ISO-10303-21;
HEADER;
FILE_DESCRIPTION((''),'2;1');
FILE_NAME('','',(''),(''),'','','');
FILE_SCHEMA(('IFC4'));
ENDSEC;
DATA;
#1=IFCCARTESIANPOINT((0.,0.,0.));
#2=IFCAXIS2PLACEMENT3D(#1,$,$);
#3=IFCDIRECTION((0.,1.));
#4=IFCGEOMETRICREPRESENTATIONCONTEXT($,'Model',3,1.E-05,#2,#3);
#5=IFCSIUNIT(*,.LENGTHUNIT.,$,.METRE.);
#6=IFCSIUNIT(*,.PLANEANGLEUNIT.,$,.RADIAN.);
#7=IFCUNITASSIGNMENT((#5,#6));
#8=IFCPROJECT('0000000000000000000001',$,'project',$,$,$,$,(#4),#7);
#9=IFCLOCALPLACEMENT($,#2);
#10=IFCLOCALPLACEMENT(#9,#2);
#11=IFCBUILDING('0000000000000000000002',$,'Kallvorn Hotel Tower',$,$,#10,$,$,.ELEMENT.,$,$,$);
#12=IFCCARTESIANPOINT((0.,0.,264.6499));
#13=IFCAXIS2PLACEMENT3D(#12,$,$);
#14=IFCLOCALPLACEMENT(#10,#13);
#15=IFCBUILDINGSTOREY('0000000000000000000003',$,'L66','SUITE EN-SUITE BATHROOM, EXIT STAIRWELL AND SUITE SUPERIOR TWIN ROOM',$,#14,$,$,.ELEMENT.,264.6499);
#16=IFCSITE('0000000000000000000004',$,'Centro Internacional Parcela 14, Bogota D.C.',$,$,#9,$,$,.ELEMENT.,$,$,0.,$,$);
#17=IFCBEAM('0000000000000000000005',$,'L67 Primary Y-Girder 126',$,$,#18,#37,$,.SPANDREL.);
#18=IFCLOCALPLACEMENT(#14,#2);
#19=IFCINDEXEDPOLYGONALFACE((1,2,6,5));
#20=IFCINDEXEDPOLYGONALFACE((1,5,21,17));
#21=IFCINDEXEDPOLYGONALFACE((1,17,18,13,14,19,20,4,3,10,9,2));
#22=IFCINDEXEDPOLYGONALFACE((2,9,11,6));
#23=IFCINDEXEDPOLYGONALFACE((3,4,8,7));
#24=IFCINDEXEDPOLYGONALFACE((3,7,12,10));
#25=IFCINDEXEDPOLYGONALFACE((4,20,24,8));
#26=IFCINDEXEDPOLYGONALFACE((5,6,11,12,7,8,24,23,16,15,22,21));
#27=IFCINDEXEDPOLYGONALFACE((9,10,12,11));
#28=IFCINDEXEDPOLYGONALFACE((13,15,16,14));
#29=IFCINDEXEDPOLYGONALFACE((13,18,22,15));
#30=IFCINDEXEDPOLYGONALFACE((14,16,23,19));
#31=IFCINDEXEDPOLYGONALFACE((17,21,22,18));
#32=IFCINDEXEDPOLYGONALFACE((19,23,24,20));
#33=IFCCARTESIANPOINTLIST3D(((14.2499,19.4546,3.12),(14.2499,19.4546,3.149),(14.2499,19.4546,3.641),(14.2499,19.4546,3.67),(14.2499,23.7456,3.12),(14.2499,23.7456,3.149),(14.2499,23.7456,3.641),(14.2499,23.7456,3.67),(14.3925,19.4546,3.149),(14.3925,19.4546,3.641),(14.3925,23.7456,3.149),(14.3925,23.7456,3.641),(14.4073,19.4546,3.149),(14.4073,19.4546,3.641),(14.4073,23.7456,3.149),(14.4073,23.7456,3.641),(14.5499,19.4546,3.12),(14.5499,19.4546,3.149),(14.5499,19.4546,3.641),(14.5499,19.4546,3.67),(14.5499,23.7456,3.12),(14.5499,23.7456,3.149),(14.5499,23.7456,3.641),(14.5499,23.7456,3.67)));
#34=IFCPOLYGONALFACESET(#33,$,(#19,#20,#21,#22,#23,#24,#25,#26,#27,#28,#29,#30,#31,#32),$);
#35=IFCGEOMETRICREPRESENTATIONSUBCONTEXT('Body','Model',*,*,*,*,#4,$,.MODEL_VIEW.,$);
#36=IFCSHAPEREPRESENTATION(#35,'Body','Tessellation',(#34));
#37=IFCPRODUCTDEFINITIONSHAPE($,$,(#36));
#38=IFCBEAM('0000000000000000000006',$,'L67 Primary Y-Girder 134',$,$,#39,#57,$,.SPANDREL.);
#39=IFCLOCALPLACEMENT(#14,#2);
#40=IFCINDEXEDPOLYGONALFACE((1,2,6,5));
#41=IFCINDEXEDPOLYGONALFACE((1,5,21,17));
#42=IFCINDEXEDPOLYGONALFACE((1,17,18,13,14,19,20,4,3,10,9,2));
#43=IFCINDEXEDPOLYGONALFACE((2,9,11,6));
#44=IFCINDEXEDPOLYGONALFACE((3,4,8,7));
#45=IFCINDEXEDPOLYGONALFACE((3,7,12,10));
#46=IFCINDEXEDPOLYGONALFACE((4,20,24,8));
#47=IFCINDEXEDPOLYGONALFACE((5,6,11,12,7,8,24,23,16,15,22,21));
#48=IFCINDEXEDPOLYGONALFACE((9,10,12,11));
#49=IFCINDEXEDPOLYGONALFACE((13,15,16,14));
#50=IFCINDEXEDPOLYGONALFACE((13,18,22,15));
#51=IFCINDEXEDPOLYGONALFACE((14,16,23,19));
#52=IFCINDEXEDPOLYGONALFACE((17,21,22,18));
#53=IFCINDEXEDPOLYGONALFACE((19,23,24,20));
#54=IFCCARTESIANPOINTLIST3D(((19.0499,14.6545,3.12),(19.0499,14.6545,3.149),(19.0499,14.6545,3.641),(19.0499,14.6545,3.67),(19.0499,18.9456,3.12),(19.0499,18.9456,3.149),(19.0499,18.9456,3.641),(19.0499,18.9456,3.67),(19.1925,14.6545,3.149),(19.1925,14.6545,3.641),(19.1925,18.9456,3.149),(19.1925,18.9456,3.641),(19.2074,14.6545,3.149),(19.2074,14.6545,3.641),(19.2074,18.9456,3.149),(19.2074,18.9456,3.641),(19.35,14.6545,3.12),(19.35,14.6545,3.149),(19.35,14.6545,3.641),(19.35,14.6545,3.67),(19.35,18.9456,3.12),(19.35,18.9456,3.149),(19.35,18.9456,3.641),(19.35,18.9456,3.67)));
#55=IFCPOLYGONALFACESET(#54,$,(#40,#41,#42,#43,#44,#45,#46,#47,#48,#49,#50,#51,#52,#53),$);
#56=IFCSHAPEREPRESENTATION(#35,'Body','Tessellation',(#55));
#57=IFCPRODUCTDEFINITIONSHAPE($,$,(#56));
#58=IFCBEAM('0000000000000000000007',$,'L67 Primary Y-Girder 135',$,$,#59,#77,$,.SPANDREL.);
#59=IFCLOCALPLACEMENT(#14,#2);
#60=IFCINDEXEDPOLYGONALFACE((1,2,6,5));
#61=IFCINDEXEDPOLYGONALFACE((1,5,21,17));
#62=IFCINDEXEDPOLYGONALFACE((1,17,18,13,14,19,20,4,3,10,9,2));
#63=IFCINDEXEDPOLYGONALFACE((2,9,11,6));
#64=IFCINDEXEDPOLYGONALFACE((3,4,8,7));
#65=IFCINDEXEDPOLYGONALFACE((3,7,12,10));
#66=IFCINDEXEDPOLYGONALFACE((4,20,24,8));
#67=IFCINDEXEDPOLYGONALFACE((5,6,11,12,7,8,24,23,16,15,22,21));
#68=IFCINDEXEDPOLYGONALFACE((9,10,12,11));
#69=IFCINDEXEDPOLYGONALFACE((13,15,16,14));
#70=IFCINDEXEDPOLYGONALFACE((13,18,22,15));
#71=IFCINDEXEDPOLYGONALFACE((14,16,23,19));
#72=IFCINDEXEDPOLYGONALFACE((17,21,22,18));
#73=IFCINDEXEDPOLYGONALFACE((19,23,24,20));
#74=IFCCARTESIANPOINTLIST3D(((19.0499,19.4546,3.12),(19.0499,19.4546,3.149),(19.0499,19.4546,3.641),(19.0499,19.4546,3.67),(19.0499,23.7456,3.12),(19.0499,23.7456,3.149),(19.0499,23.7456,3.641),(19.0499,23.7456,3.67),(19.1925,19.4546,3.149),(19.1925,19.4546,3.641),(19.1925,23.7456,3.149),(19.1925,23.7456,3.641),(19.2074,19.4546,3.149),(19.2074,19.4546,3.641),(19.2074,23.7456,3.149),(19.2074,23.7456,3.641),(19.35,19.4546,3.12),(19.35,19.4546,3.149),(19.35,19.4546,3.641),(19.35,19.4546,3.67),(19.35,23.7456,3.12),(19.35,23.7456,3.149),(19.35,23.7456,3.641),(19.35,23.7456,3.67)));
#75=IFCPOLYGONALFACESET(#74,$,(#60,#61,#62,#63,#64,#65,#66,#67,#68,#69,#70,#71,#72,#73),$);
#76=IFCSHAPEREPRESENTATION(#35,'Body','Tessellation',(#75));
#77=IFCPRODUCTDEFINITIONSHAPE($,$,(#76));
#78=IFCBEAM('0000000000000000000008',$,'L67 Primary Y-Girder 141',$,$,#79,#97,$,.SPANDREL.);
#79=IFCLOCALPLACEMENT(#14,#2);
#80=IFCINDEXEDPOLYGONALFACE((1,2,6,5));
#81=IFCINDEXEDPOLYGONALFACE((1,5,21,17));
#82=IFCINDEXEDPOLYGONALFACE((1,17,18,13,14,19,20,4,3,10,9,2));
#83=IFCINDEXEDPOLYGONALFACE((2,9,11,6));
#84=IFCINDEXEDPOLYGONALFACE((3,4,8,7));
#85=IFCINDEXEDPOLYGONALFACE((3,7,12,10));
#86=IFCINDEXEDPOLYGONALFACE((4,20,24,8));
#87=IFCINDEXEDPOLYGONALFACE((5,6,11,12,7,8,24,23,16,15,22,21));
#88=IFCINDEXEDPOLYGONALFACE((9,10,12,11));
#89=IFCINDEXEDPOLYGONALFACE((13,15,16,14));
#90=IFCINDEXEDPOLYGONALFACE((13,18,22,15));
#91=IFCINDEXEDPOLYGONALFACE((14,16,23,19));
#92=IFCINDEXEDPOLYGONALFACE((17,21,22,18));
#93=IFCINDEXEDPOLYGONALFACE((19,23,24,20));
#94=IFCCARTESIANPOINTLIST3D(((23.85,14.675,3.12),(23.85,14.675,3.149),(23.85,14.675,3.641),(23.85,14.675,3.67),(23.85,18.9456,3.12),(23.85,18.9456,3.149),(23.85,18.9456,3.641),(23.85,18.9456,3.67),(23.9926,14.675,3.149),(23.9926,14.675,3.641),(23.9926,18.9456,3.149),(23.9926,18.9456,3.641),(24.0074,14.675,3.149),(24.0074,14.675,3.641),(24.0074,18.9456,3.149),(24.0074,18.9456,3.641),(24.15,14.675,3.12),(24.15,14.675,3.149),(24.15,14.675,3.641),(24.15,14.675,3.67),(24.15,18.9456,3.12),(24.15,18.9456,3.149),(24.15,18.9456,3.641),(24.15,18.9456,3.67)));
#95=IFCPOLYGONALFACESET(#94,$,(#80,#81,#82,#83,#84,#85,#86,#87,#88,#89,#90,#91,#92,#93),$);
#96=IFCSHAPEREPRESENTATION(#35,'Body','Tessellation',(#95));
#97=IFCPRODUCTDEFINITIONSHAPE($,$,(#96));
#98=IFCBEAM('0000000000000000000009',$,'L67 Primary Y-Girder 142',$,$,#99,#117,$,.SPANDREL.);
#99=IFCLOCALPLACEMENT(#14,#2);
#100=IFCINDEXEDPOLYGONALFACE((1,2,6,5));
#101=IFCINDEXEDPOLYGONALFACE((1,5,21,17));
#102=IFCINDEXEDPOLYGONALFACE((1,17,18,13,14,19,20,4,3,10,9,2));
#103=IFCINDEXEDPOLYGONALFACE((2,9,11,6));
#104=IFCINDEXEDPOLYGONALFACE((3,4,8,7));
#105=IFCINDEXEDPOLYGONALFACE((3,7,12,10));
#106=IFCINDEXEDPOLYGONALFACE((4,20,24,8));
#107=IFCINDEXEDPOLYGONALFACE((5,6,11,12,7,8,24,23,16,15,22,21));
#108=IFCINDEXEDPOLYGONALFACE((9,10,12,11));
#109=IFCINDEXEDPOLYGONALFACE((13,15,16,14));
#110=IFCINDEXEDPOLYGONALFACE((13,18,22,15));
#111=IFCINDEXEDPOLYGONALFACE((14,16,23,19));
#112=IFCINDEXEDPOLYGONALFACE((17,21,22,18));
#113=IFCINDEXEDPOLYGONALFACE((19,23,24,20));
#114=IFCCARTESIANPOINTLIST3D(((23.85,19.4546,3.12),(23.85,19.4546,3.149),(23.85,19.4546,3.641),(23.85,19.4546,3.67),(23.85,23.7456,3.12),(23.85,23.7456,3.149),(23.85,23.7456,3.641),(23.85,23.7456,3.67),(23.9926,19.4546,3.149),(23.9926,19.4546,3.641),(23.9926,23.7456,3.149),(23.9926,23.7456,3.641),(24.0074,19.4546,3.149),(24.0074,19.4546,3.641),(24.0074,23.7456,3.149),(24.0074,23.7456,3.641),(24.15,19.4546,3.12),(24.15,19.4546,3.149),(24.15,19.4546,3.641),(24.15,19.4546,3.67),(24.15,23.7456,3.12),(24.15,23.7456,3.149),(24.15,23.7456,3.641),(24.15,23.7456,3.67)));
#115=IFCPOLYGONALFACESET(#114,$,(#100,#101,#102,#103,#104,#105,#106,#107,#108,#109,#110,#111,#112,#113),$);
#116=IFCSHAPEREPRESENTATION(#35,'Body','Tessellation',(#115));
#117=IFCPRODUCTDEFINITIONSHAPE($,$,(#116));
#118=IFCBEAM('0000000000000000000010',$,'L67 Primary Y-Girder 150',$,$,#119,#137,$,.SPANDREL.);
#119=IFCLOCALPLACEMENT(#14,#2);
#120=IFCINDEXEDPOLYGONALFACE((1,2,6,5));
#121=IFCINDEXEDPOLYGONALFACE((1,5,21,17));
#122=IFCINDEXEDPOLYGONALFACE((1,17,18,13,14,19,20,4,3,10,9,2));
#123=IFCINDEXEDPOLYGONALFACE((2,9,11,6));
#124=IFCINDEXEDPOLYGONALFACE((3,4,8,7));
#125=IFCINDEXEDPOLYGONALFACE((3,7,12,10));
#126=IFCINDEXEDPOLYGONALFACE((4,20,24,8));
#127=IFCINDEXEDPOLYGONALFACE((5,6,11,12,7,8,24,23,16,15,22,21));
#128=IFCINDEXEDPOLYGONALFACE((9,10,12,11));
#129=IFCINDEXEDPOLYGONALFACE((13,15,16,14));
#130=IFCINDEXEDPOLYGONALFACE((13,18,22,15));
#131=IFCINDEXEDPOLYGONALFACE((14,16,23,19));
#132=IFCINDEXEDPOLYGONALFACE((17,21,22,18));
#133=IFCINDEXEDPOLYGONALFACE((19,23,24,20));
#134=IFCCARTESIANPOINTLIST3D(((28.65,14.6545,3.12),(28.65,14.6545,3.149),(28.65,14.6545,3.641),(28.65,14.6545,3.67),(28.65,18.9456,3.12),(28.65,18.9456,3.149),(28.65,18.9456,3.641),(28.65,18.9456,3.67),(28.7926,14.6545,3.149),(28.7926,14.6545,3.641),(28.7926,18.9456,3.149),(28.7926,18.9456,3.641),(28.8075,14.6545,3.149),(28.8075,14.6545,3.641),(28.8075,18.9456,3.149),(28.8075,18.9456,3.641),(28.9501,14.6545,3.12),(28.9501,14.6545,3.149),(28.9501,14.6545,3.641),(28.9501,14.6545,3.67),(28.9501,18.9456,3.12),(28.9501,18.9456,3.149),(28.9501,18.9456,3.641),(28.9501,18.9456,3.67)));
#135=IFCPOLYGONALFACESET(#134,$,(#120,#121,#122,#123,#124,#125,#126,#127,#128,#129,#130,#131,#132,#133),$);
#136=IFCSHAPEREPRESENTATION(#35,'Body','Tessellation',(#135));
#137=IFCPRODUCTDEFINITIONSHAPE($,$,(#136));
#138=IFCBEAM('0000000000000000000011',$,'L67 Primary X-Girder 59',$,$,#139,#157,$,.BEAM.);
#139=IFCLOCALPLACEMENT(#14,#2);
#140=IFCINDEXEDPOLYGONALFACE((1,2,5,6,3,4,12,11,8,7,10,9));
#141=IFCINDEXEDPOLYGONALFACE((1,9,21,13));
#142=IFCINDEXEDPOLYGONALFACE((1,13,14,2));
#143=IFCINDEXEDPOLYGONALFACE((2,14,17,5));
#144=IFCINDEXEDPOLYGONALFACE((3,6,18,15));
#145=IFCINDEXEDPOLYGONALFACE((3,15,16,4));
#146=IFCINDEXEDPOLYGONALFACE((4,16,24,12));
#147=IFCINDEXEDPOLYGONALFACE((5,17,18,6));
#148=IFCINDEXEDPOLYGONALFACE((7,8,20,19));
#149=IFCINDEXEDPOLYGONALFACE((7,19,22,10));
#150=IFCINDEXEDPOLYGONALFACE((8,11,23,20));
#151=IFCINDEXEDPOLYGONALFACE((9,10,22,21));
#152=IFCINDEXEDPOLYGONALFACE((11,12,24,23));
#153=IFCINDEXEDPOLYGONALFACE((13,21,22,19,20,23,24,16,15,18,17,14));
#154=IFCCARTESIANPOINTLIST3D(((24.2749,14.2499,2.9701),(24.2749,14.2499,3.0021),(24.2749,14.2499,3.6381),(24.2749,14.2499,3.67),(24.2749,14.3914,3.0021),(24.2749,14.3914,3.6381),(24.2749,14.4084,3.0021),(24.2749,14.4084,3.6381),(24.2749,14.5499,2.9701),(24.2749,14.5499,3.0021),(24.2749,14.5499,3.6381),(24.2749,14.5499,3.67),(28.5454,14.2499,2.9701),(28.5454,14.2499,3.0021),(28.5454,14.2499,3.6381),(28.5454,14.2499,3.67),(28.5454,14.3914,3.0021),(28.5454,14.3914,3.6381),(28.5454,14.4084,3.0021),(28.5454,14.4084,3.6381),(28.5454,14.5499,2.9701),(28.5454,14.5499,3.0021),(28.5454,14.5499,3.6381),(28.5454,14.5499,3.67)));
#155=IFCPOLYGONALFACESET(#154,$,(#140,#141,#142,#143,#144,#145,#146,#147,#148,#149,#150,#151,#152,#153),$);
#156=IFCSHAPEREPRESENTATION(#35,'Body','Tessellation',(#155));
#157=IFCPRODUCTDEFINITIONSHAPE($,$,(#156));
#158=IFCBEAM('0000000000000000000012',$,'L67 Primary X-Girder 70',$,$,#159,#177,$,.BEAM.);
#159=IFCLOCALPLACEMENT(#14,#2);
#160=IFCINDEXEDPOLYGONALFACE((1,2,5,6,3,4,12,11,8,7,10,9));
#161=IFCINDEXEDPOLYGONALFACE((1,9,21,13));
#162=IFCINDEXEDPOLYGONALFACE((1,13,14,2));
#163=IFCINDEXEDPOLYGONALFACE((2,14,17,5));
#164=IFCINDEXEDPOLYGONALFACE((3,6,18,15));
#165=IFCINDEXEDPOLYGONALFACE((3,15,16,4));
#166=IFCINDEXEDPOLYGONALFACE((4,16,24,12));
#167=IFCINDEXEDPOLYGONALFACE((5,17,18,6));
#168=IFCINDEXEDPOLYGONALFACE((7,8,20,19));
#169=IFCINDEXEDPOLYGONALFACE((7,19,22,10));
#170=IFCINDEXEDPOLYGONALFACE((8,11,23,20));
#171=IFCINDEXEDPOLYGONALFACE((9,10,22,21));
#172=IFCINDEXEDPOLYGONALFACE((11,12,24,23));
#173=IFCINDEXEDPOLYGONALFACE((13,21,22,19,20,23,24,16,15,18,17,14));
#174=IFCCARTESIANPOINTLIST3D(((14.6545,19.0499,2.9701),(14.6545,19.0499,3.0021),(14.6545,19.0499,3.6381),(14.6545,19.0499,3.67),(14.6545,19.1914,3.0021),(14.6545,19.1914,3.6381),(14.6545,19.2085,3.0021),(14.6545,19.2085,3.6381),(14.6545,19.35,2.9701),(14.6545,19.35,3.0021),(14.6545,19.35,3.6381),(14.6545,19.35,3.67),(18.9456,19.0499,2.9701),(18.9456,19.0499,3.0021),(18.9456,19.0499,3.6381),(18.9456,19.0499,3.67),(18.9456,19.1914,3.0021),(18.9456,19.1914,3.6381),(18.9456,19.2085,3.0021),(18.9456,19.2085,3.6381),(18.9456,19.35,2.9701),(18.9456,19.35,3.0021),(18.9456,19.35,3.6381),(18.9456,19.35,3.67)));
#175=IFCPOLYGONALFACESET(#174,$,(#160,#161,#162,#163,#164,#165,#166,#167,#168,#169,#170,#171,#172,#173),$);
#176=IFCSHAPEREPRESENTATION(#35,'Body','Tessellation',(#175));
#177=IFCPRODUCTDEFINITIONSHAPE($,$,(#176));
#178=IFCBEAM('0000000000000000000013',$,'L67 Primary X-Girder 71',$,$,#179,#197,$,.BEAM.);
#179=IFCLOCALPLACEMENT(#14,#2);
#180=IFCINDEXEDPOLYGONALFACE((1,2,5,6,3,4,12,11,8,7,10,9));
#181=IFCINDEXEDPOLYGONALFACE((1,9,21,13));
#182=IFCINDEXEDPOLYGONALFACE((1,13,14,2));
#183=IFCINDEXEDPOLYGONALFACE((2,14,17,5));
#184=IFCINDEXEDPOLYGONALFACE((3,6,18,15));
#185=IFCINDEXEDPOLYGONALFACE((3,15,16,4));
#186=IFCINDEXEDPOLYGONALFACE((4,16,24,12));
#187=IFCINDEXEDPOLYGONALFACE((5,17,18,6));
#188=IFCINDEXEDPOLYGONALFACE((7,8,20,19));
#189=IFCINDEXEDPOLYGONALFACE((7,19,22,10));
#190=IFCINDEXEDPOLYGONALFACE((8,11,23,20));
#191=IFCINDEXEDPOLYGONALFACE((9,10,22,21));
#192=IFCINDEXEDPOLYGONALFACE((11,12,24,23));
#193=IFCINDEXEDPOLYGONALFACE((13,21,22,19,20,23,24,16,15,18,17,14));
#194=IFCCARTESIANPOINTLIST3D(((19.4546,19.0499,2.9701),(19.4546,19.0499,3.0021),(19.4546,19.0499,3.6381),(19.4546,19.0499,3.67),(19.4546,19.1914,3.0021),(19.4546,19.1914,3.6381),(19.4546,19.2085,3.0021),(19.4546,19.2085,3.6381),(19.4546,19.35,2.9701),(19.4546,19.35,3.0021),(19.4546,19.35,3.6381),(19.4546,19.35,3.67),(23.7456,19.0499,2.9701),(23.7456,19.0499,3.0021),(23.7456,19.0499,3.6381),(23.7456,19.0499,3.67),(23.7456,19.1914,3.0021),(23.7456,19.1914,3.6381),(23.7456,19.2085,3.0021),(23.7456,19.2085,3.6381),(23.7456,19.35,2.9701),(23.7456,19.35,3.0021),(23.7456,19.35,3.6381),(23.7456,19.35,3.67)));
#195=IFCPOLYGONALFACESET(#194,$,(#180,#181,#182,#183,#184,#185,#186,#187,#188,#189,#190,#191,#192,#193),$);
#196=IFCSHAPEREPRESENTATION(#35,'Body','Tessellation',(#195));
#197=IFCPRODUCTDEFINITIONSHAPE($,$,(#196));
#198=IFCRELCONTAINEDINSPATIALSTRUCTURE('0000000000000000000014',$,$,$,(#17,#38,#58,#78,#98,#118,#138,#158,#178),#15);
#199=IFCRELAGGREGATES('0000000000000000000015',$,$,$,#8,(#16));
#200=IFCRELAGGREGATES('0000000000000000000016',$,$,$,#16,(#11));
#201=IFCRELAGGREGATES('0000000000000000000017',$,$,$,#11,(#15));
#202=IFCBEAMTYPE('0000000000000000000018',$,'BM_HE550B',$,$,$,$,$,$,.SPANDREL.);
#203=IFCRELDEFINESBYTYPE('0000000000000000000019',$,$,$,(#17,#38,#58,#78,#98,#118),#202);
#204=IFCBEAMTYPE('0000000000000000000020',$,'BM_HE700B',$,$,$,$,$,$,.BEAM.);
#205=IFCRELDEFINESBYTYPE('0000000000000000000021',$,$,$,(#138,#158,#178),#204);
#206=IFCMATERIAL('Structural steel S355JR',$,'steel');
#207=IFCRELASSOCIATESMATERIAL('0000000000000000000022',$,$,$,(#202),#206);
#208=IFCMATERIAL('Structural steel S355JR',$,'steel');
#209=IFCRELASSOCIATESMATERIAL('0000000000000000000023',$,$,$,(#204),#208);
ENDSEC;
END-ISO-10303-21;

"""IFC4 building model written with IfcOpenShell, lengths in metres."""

from ifc_helpers import new_model, si_unit, direction, frame, origin, origin_2d, place, context, subcontext, project, spatial, i_section, extrude, material, material_profile, profile_set, type_object, element, save


model = new_model("IFC4")

# Units and contexts
model_context = context("Model", 3, precision=1e-05, world=origin(), true_north=direction((0.0, 1.0)))
body_context = subcontext(model_context, "Body", "Model", "MODEL_VIEW")
ifc_project = project(units=[si_unit("LENGTHUNIT", "METRE"), si_unit("PLANEANGLEUNIT", "RADIAN")], contexts=[model_context])

# Site, building, storey
site_placement = place(None, origin())
site = spatial("IfcSite", under=ifc_project, at=site_placement, Name="Centro Internacional Parcela 14, Bogota D.C.", CompositionType="ELEMENT", RefElevation=0.0)
building_placement = place(site_placement, origin())
building = spatial("IfcBuilding", under=site, at=building_placement, Name="Kallvorn Hotel Tower", CompositionType="ELEMENT")
storey_placement = place(building_placement, frame((0.0, 0.0, 264.6499)))
storey = spatial("IfcBuildingStorey", under=building, at=storey_placement, Name="L66", Description="SUITE EN-SUITE BATHROOM, EXIT STAIRWELL AND SUITE SUPERIOR TWIN ROOM", CompositionType="ELEMENT", Elevation=264.6499)

# Beams
ifc_material_1 = material(Name="Structural steel S355JR", Category="steel")
ifc_material_profile_1 = material_profile(ifc_material_1, i_section(OverallWidth=0.3, OverallDepth=0.55, WebThickness=0.0149, FlangeThickness=0.0291, at=origin_2d()), Name="HE 550 B")
ifc_profile_set_1 = profile_set([ifc_material_profile_1], Name="Structural steel S355JR")
beam_type_1 = type_object("IfcBeamType", Name="BM_HE550B", PredefinedType="SPANDREL", material=ifc_profile_set_1)
for number, where, z_axis, x_axis, name in (
    (1, (14.3999, 19.4546, 3.395), (0.0, 1.0, 0.0), (-1.0, 0.0, 0.0), "L67 Primary Y-Girder 126"),
    (2, (19.2, 14.6545, 3.395), (0.0, 1.0, 0.0), (-1.0, 0.0, 0.0), "L67 Primary Y-Girder 134"),
    (3, (19.2, 19.4546, 3.395), (0.0, 1.0, 0.0), (-1.0, 0.0, 0.0), "L67 Primary Y-Girder 135"),
):
    element("IfcBeam", number, at=place(storey_placement, frame(where, z_axis=z_axis, x_axis=x_axis)), inside=storey, type_object=beam_type_1, Name=name, PredefinedType="SPANDREL", context=body_context, shape_type="SweptSolid", body=[
        extrude(i_section(OverallWidth=0.3, OverallDepth=0.55, WebThickness=0.0149, FlangeThickness=0.0291, at=origin_2d()), origin(), (0.0, 0.0, 1.0), 4.291),
    ])
beam_1_placement = place(storey_placement, frame((24.0, 14.675, 3.395), z_axis=(0.0, 1.0, 0.0), x_axis=(-1.0, 0.0, 0.0)))
element("IfcBeam", 4, at=beam_1_placement, inside=storey, type_object=beam_type_1, Name="L67 Primary Y-Girder 141", PredefinedType="SPANDREL", context=body_context, shape_type="SweptSolid", body=[
    extrude(i_section(OverallWidth=0.3, OverallDepth=0.55, WebThickness=0.0149, FlangeThickness=0.0291, at=origin_2d()), origin(), (0.0, 0.0, 1.0), 4.2705),
])
for number, where, z_axis, x_axis, name in (
    (5, (24.0, 19.4546, 3.395), (0.0, 1.0, 0.0), (-1.0, 0.0, 0.0), "L67 Primary Y-Girder 142"),
    (6, (28.8, 14.6545, 3.395), (0.0, 1.0, 0.0), (-1.0, 0.0, 0.0), "L67 Primary Y-Girder 150"),
):
    element("IfcBeam", number, at=place(storey_placement, frame(where, z_axis=z_axis, x_axis=x_axis)), inside=storey, type_object=beam_type_1, Name=name, PredefinedType="SPANDREL", context=body_context, shape_type="SweptSolid", body=[
        extrude(i_section(OverallWidth=0.3, OverallDepth=0.55, WebThickness=0.0149, FlangeThickness=0.0291, at=origin_2d()), origin(), (0.0, 0.0, 1.0), 4.291),
    ])
ifc_material_2 = material(Name="Structural steel S355JR", Category="steel")
ifc_material_profile_2 = material_profile(ifc_material_2, i_section(OverallWidth=0.3, OverallDepth=0.7, WebThickness=0.0171, FlangeThickness=0.032, at=origin_2d()), Name="HE 700 B")
ifc_profile_set_2 = profile_set([ifc_material_profile_2], Name="Structural steel S355JR")
beam_type_2 = type_object("IfcBeamType", Name="BM_HE700B", PredefinedType="BEAM", material=ifc_profile_set_2)
beam_2_placement = place(storey_placement, frame((24.2749, 14.3999, 3.3201), z_axis=(1.0, 0.0, 0.0), x_axis=(0.0, 1.0, 0.0)))
element("IfcBeam", 7, at=beam_2_placement, inside=storey, type_object=beam_type_2, Name="L67 Primary X-Girder 59", PredefinedType="BEAM", context=body_context, shape_type="SweptSolid", body=[
    extrude(i_section(OverallWidth=0.3, OverallDepth=0.7, WebThickness=0.0171, FlangeThickness=0.032, at=origin_2d()), origin(), (0.0, 0.0, 1.0), 4.2705),
])
for number, where, z_axis, x_axis, name in (
    (8, (14.6545, 19.2, 3.3201), (1.0, 0.0, 0.0), (0.0, 1.0, 0.0), "L67 Primary X-Girder 70"),
    (9, (19.4546, 19.2, 3.3201), (1.0, 0.0, 0.0), (0.0, 1.0, 0.0), "L67 Primary X-Girder 71"),
):
    element("IfcBeam", number, at=place(storey_placement, frame(where, z_axis=z_axis, x_axis=x_axis)), inside=storey, type_object=beam_type_2, Name=name, PredefinedType="BEAM", context=body_context, shape_type="SweptSolid", body=[
        extrude(i_section(OverallWidth=0.3, OverallDepth=0.7, WebThickness=0.0171, FlangeThickness=0.032, at=origin_2d()), origin(), (0.0, 0.0, 1.0), 4.291),
    ])

save(model, "model.ifc")
